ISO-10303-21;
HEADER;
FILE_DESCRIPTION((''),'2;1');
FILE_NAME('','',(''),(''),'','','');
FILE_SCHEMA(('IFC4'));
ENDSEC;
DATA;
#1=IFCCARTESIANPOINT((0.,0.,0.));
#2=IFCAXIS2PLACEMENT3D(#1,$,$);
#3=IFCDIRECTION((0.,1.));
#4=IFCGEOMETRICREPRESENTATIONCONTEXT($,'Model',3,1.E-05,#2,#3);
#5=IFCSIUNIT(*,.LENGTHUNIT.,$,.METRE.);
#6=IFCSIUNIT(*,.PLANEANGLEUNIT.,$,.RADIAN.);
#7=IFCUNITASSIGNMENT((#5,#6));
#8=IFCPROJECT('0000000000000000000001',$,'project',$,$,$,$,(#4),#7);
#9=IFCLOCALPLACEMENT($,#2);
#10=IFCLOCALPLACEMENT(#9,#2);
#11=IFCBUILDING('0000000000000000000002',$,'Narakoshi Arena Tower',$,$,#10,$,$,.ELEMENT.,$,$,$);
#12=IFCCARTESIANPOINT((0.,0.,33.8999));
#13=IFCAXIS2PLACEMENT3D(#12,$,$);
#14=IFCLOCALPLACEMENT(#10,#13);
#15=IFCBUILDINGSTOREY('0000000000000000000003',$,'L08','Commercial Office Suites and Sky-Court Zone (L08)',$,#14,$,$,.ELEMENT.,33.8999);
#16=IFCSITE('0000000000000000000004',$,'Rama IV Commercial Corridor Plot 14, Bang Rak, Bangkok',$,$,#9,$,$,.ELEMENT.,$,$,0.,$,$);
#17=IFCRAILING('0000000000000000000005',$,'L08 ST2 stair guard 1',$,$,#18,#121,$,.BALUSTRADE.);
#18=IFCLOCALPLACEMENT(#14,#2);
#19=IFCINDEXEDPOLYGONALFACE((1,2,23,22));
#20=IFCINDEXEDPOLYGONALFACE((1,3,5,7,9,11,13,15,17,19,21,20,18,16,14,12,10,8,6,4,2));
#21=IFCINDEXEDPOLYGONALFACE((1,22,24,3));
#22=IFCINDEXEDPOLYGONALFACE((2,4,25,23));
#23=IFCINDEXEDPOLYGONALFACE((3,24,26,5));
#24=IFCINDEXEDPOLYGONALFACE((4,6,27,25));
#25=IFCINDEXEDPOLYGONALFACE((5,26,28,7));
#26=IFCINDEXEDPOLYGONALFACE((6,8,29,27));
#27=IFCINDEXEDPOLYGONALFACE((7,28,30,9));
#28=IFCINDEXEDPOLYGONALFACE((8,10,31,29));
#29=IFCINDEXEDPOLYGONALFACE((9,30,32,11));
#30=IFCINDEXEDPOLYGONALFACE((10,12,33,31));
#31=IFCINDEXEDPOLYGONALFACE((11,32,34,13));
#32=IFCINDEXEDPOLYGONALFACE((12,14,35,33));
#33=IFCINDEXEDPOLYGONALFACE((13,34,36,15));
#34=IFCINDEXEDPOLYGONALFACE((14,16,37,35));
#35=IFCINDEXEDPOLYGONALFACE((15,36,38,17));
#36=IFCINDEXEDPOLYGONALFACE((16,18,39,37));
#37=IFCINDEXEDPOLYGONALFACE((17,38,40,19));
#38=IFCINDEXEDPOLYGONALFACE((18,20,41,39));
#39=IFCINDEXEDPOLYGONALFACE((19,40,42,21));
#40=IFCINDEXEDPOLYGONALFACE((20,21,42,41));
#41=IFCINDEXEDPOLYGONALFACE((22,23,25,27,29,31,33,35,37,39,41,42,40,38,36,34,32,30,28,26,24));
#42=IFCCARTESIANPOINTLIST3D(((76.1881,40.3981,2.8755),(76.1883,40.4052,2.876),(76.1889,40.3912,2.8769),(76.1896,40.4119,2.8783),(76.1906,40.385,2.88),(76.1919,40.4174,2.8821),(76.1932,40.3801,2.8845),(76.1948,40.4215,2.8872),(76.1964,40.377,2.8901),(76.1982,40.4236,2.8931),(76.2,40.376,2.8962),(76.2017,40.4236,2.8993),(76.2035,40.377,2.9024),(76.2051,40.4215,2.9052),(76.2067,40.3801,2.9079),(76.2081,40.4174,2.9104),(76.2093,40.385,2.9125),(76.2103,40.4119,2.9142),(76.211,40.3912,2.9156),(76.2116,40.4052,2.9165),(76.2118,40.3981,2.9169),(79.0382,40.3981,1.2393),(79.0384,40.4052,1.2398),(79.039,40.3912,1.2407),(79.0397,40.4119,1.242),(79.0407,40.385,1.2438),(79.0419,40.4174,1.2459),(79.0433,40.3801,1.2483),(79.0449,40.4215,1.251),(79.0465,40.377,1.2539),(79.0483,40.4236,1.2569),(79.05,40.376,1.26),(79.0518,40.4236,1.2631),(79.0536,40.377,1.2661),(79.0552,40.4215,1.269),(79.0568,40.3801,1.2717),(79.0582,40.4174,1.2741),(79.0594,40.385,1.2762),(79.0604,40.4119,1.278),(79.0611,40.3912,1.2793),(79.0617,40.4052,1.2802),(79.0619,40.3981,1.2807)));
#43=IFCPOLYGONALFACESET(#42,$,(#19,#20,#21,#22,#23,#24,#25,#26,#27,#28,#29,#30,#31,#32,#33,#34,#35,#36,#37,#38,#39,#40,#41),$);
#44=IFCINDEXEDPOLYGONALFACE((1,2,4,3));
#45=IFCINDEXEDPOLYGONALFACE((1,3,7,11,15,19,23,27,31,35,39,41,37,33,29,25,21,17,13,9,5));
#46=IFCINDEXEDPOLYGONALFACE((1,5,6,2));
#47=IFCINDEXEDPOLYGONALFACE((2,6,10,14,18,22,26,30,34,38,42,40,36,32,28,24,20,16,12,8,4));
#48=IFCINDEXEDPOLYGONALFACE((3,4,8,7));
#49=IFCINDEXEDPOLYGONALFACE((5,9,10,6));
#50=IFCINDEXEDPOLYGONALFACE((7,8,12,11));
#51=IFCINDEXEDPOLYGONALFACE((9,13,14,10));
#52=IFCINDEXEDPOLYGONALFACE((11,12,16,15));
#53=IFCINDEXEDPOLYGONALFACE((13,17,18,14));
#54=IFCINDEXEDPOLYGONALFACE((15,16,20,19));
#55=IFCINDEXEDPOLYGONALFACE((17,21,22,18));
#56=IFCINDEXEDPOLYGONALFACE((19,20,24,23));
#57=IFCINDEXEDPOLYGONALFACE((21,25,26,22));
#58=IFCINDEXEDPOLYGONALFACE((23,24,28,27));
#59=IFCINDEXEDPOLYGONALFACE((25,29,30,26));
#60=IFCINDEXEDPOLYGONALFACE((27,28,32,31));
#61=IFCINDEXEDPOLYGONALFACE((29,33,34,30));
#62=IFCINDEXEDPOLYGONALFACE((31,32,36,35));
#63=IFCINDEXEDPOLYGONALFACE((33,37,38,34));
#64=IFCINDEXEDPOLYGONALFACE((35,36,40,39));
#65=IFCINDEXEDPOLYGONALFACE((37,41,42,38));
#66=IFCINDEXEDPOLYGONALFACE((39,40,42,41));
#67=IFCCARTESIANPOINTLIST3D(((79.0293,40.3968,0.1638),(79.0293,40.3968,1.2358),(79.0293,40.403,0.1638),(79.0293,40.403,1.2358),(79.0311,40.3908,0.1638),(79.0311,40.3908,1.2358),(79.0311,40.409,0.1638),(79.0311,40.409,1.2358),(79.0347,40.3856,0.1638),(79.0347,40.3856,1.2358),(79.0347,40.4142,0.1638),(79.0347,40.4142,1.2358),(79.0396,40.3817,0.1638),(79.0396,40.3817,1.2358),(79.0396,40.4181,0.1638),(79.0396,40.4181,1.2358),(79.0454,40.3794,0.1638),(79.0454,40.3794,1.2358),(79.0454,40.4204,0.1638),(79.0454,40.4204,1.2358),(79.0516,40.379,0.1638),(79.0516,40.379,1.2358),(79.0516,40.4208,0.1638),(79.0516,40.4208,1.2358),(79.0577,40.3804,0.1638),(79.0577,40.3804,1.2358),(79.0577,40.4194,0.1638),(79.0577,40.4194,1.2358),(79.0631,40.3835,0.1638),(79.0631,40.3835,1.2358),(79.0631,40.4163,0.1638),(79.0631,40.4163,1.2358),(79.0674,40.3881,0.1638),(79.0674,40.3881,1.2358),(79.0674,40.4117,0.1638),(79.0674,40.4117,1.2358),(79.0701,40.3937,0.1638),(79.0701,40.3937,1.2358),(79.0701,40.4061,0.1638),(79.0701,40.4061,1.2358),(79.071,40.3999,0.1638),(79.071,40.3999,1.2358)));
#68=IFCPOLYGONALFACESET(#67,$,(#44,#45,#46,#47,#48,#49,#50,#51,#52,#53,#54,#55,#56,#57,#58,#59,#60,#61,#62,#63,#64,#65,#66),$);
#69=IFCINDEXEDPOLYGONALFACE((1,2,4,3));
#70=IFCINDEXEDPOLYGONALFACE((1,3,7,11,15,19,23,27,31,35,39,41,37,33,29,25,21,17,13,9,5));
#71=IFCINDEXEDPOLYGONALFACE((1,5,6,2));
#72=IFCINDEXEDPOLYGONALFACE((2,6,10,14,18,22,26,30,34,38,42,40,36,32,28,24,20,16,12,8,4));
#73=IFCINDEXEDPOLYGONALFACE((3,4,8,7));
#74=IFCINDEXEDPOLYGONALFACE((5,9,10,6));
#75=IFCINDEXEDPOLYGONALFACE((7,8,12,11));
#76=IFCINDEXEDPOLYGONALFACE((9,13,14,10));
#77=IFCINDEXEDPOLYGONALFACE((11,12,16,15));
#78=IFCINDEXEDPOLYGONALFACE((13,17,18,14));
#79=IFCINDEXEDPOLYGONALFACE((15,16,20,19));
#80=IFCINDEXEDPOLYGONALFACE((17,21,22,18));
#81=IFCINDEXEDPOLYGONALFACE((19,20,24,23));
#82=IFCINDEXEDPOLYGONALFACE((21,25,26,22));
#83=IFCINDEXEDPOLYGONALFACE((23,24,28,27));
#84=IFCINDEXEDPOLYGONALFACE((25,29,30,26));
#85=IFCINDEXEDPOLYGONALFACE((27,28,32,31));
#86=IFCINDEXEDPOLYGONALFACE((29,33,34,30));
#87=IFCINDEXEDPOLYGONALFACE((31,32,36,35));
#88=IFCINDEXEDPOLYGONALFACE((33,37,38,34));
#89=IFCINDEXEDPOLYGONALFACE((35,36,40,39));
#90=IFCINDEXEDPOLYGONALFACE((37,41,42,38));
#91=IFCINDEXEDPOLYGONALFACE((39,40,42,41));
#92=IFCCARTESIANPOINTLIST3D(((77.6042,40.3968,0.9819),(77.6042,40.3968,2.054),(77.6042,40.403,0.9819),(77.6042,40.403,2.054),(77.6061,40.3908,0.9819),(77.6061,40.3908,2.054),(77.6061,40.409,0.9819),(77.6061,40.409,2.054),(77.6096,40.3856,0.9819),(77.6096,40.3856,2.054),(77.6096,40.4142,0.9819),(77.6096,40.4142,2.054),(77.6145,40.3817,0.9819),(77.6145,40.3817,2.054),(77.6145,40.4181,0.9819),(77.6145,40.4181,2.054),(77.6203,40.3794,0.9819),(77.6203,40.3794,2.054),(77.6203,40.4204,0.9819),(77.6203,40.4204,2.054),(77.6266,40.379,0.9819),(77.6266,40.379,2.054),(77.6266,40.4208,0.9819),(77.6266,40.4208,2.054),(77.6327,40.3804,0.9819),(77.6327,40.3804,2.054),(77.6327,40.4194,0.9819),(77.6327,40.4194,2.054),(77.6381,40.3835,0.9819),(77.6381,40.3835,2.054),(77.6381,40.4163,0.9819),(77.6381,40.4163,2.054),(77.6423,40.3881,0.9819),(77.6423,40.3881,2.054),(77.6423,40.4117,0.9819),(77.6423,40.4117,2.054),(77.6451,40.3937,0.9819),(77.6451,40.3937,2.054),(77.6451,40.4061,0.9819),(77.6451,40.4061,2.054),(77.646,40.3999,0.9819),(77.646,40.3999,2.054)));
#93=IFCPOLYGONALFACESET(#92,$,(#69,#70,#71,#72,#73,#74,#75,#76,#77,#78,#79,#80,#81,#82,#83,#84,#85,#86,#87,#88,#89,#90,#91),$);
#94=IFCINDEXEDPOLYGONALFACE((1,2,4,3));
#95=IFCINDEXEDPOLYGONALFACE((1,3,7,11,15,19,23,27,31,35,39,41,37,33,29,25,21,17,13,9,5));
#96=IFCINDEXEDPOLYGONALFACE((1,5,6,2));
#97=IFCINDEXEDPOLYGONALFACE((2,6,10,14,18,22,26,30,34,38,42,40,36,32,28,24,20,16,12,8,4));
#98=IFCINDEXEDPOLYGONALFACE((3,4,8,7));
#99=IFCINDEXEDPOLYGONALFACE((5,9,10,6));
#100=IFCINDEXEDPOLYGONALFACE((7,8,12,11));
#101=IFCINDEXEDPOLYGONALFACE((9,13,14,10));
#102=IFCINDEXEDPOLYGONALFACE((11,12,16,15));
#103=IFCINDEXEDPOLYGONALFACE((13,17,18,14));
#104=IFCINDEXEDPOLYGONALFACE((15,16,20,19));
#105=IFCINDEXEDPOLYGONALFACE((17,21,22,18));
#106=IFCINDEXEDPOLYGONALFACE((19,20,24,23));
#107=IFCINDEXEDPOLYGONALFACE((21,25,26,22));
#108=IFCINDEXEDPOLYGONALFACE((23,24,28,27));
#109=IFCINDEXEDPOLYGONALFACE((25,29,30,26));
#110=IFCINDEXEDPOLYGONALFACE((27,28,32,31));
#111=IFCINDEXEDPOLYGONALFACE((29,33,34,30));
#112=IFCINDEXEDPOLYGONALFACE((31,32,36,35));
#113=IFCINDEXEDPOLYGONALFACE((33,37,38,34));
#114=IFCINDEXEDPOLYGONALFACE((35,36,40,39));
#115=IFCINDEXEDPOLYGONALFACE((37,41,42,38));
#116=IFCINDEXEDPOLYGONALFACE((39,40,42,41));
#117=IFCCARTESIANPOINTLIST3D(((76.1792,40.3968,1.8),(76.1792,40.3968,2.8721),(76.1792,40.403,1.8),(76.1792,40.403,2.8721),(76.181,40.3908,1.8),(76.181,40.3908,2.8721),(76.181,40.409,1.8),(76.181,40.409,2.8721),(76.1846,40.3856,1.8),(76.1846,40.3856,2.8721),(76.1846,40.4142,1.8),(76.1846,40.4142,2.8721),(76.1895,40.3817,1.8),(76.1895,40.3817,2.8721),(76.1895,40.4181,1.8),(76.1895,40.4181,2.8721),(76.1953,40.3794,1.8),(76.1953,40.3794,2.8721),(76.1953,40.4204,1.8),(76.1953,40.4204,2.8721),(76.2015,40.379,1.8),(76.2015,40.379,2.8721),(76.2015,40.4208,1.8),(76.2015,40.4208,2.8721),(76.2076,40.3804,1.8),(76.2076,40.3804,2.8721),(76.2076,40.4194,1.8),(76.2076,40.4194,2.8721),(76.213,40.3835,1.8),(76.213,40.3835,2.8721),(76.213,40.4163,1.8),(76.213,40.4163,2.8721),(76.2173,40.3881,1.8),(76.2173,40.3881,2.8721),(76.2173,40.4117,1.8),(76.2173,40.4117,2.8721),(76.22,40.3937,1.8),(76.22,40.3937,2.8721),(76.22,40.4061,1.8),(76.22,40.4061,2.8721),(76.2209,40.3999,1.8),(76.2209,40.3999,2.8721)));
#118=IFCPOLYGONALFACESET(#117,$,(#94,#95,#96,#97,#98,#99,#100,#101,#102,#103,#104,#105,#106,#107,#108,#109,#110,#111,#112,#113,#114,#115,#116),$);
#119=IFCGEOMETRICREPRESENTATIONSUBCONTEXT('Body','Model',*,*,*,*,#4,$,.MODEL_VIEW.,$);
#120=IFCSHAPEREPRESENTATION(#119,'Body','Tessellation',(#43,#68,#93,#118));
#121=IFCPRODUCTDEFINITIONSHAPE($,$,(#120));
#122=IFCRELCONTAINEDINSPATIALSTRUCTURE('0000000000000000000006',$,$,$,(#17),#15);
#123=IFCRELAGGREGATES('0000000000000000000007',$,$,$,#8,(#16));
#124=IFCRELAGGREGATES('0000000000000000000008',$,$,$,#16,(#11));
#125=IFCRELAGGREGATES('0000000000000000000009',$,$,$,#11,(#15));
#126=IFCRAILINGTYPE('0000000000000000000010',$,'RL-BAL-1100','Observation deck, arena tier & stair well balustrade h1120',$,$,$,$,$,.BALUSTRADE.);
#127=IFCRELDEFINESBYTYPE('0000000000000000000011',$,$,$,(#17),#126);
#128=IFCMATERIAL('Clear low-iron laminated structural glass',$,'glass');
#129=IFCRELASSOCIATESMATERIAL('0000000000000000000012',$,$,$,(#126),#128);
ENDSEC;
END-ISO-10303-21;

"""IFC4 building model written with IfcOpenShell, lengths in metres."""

from ifc_helpers import new_model, si_unit, direction, frame, origin, origin_2d, place, context, subcontext, project, spatial, circle, extrude, material, type_object, element, save


model = new_model("IFC4")

# Units and contexts
model_context = context("Model", 3, precision=1e-05, world=origin(), true_north=direction((0.0, 1.0)))
body_context = subcontext(model_context, "Body", "Model", "MODEL_VIEW")
ifc_project = project(units=[si_unit("LENGTHUNIT", "METRE"), si_unit("PLANEANGLEUNIT", "RADIAN")], contexts=[model_context])

# Site, building, storey
site_placement = place(None, origin())
site = spatial("IfcSite", under=ifc_project, at=site_placement, Name="Rama IV Commercial Corridor Plot 14, Bang Rak, Bangkok", CompositionType="ELEMENT", RefElevation=0.0)
building_placement = place(site_placement, origin())
building = spatial("IfcBuilding", under=site, at=building_placement, Name="Narakoshi Arena Tower", CompositionType="ELEMENT")
storey_placement = place(building_placement, frame((0.0, 0.0, 33.8999)))
storey = spatial("IfcBuildingStorey", under=building, at=storey_placement, Name="L08", Description="Commercial Office Suites and Sky-Court Zone (L08)", CompositionType="ELEMENT", Elevation=33.8999)

# Railing
ifc_material_1 = material(Name="Clear low-iron laminated structural glass", Category="glass")
railing_type_1 = type_object("IfcRailingType", Name="RL-BAL-1100", Description="Observation deck, arena tier & stair well balustrade h1120", PredefinedType="BALUSTRADE", material=ifc_material_1)
railing_1_placement = place(storey_placement, frame((79.05, 40.3999, 0.1638)))
element("IfcRailing", 1, at=railing_1_placement, inside=storey, type_object=railing_type_1, Name="L08 ST2 stair guard 1", PredefinedType="BALUSTRADE", context=body_context, shape_type="SweptSolid", body=[
    extrude(circle(Radius=0.0239, at=origin_2d()), frame((0.0, 0.0, 1.0962), z_axis=(-0.867245, 0.0, 0.497882), x_axis=(0.0, -1.0, 0.0)), (0.0, 0.0, 1.0), 3.2864),
    extrude(circle(Radius=0.021, at=origin_2d()), origin(), (0.0, 0.0, 1.0), 1.072),
    extrude(circle(Radius=0.021, at=origin_2d()), frame((-1.425, 0.0, 0.8181)), (0.0, 0.0, 1.0), 1.072),
    extrude(circle(Radius=0.021, at=origin_2d()), frame((-2.8501, 0.0, 1.6362)), (0.0, 0.0, 1.0), 1.072),
])

save(model, "model.ifc")
